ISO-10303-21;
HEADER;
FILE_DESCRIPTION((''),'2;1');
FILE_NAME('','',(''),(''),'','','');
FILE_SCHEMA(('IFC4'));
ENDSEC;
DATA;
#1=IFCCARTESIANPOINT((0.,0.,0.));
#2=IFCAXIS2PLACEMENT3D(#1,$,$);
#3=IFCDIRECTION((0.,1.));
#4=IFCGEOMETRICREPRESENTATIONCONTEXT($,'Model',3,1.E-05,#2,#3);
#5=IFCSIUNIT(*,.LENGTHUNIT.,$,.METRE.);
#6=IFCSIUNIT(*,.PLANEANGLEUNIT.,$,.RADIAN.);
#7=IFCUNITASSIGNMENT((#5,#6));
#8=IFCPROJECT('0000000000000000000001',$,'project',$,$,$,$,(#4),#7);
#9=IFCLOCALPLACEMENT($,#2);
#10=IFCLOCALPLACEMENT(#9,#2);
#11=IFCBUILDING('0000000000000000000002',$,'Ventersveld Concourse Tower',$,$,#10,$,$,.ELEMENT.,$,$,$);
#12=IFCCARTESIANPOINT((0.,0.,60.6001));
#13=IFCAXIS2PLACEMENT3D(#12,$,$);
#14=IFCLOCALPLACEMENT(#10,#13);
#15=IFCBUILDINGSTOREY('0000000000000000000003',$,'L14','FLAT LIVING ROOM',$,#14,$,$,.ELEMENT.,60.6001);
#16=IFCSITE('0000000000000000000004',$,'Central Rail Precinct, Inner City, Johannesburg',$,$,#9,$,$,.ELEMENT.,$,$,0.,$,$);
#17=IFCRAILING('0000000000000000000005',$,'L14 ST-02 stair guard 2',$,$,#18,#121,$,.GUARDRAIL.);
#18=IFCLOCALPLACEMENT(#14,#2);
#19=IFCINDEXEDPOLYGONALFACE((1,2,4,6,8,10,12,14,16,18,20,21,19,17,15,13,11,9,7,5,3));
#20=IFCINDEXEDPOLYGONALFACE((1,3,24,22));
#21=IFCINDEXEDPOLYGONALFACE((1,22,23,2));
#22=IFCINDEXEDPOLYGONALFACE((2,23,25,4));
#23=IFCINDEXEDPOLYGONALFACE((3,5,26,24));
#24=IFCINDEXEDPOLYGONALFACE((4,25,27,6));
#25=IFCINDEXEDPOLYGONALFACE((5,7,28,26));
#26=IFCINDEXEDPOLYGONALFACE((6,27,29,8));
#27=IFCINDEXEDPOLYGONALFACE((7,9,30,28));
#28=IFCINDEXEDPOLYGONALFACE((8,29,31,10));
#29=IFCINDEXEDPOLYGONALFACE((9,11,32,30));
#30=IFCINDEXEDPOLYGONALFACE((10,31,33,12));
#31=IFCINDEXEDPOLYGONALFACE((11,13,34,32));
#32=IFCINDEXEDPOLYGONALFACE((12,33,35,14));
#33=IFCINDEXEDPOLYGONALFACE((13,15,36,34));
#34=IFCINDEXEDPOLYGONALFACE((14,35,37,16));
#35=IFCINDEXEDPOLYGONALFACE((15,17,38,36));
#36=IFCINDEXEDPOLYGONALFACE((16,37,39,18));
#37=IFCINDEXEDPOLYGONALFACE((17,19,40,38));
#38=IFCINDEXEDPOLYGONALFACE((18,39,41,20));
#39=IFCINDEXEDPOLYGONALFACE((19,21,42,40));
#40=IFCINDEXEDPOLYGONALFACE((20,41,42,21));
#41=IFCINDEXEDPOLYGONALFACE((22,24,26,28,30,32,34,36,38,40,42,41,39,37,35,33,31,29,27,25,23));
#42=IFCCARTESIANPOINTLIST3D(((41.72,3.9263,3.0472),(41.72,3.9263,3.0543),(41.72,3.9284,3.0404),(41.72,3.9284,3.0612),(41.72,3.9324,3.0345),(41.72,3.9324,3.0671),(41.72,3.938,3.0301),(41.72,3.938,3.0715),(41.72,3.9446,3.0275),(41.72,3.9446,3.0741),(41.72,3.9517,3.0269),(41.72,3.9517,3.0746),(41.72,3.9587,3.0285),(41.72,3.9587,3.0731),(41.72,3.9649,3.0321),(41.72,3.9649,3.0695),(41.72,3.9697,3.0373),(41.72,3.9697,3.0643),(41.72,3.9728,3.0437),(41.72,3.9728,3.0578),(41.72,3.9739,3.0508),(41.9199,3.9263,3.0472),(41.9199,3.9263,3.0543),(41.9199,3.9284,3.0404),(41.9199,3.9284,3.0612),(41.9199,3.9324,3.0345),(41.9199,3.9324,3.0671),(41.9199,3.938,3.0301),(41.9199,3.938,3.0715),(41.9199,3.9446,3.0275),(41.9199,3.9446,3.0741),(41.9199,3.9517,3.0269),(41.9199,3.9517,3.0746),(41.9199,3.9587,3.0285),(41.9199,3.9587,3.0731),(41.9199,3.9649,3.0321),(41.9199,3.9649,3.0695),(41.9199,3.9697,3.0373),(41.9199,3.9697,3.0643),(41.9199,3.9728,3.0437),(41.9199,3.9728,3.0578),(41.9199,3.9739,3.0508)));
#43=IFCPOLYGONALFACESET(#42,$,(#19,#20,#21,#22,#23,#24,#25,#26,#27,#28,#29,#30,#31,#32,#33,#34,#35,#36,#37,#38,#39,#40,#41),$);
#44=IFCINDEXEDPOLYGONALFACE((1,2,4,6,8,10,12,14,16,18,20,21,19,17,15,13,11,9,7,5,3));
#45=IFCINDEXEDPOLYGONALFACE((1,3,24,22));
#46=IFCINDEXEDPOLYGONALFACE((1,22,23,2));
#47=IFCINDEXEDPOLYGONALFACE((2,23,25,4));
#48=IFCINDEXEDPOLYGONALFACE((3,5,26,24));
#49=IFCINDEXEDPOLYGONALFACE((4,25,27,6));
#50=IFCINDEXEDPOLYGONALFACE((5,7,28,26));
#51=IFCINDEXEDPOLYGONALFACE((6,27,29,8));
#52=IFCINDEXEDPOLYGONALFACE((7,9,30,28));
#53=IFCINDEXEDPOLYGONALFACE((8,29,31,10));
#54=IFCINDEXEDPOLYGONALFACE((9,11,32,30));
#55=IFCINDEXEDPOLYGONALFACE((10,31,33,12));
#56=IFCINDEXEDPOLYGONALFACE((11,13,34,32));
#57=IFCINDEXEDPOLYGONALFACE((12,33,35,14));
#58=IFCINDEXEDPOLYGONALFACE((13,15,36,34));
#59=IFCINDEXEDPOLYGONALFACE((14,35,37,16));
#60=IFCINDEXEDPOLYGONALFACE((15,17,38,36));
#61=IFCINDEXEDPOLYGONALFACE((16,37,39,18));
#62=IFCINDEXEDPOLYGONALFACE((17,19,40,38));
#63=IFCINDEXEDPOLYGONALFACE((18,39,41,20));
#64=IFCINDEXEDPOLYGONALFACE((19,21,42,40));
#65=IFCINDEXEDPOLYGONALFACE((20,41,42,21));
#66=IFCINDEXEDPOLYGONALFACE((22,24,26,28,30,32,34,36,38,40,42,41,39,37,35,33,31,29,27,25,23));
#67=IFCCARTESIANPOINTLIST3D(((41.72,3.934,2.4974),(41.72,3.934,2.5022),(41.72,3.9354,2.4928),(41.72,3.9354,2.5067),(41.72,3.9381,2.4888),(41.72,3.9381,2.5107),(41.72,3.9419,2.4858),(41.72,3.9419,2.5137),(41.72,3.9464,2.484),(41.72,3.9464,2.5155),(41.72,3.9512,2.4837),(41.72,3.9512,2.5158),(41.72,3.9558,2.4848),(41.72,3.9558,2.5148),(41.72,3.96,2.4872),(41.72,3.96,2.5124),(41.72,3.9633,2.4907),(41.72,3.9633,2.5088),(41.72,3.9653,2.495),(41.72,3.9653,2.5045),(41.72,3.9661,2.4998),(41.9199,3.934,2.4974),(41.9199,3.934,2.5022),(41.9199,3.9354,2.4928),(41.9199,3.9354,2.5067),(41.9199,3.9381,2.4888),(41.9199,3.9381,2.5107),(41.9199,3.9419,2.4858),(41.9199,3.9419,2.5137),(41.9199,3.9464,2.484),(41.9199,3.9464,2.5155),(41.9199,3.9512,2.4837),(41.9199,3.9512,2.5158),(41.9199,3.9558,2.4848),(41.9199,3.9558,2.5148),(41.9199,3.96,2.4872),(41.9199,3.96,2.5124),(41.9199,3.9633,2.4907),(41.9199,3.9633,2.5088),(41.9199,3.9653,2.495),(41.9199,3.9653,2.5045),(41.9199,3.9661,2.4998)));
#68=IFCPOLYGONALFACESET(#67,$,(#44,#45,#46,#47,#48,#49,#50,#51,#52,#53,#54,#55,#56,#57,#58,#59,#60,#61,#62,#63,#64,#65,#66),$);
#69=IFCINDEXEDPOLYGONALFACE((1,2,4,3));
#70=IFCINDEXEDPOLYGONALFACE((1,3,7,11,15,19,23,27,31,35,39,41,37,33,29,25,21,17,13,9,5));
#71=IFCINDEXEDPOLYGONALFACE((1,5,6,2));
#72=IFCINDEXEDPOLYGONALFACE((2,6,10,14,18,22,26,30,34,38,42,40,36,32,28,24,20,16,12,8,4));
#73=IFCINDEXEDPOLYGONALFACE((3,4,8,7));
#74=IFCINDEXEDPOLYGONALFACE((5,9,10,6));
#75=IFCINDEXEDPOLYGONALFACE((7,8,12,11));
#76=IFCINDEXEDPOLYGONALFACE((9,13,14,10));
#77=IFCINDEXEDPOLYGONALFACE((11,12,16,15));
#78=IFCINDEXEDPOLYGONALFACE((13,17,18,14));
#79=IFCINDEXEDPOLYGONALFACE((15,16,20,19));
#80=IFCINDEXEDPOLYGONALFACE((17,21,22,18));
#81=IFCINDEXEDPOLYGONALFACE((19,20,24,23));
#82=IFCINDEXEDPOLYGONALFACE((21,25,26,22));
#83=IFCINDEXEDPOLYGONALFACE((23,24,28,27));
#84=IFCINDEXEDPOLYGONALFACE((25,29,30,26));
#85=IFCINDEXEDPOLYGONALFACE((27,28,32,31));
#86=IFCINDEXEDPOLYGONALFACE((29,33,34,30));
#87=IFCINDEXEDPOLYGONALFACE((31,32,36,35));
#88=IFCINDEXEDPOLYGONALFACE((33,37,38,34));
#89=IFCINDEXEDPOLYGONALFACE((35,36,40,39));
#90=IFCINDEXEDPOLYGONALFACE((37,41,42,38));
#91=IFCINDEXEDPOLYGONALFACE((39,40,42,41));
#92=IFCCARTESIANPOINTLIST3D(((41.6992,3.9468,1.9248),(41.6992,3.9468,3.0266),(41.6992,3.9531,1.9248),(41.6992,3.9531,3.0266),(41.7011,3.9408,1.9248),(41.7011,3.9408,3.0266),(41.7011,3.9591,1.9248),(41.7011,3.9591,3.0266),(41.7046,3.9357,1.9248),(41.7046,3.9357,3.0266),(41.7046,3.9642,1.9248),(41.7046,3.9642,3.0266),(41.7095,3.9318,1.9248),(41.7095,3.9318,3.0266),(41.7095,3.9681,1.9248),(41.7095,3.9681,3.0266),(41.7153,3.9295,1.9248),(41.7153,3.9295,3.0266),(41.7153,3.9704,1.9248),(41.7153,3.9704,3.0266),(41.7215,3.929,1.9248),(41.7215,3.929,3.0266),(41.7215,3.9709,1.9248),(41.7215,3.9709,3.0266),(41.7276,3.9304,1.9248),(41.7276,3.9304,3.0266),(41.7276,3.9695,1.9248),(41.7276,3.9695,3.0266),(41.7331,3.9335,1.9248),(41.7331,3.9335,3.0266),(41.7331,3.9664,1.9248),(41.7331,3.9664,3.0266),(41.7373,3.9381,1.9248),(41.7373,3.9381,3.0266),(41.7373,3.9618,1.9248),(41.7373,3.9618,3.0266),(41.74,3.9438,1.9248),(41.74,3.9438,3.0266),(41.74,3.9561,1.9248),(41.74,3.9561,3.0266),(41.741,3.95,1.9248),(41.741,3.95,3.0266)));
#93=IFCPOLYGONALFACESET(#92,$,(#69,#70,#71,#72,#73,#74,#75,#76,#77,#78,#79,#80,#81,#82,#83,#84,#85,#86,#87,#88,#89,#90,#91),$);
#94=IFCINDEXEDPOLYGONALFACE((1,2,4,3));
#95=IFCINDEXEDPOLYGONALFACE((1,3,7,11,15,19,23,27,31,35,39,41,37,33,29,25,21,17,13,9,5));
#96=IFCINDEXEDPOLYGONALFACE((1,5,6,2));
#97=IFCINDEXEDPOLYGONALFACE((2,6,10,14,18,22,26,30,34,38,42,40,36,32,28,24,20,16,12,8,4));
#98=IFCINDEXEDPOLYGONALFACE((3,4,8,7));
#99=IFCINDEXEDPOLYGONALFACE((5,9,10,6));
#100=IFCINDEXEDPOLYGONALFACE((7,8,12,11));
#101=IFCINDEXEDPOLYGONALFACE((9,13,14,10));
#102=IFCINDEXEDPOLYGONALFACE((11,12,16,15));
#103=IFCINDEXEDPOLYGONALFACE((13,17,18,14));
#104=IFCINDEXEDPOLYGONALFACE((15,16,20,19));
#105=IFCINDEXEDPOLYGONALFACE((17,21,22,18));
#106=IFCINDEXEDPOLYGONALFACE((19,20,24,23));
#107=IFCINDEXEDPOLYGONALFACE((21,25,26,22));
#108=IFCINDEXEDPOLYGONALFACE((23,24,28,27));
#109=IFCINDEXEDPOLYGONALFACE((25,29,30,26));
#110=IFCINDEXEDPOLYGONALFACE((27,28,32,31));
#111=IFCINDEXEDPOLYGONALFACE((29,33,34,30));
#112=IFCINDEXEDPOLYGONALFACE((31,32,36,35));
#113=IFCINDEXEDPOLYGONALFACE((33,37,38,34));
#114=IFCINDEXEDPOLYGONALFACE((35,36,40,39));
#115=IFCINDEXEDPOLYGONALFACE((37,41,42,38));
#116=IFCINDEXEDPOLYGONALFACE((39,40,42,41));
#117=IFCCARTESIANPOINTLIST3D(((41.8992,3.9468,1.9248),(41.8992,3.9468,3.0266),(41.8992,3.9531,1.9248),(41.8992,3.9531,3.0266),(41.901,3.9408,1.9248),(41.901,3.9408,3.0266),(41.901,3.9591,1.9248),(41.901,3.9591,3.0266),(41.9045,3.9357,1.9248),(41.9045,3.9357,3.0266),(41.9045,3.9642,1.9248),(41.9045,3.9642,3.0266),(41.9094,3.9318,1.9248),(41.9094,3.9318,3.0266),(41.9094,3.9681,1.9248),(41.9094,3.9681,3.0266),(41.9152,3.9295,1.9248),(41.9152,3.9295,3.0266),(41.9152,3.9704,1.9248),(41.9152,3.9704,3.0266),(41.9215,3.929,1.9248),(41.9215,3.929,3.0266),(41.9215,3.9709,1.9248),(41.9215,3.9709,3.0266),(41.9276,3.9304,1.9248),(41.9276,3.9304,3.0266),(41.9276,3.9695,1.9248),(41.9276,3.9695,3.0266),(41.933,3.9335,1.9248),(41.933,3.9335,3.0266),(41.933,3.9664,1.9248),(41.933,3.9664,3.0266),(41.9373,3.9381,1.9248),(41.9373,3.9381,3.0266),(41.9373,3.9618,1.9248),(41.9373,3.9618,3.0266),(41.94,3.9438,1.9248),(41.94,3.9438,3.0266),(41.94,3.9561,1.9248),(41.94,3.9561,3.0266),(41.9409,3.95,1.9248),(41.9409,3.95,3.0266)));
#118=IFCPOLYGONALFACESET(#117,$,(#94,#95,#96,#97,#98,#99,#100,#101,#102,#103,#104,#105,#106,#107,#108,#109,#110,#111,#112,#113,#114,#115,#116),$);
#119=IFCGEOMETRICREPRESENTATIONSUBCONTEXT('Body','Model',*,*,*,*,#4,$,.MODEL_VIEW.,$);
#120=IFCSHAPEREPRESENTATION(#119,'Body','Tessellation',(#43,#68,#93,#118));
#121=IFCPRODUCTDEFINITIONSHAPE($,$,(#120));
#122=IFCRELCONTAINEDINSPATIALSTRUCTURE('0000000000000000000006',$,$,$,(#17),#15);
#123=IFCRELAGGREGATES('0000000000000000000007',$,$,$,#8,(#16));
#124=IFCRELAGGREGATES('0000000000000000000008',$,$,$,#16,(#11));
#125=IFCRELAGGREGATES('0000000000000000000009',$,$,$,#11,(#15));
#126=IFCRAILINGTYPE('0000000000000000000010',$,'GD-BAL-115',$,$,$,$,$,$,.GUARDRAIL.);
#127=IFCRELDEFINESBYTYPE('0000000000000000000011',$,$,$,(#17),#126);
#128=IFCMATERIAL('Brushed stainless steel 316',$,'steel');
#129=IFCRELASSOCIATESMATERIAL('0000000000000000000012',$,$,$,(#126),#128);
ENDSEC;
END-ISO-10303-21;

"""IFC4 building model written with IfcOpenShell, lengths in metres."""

from ifc_helpers import new_model, si_unit, direction, frame, origin, origin_2d, place, context, subcontext, project, spatial, circle, extrude, material, type_object, element, save


model = new_model("IFC4")

# Units and contexts
model_context = context("Model", 3, precision=1e-05, world=origin(), true_north=direction((0.0, 1.0)))
body_context = subcontext(model_context, "Body", "Model", "MODEL_VIEW")
ifc_project = project(units=[si_unit("LENGTHUNIT", "METRE"), si_unit("PLANEANGLEUNIT", "RADIAN")], contexts=[model_context])

# Site, building, storey
site_placement = place(None, origin())
site = spatial("IfcSite", under=ifc_project, at=site_placement, Name="Central Rail Precinct, Inner City, Johannesburg", CompositionType="ELEMENT", RefElevation=0.0)
building_placement = place(site_placement, origin())
building = spatial("IfcBuilding", under=site, at=building_placement, Name="Ventersveld Concourse Tower", CompositionType="ELEMENT")
storey_placement = place(building_placement, frame((0.0, 0.0, 60.6001)))
storey = spatial("IfcBuildingStorey", under=building, at=storey_placement, Name="L14", Description="FLAT LIVING ROOM", CompositionType="ELEMENT", Elevation=60.6001)

# Railing
ifc_material_1 = material(Name="Brushed stainless steel 316", Category="steel")
railing_type_1 = type_object("IfcRailingType", Name="GD-BAL-115", PredefinedType="GUARDRAIL", material=ifc_material_1)
railing_1_placement = place(storey_placement, frame((41.72, 3.95, 1.9248)))
element("IfcRailing", 1, at=railing_1_placement, inside=storey, type_object=railing_type_1, Name="L14 ST-02 stair guard 2", PredefinedType="GUARDRAIL", context=body_context, shape_type="SweptSolid", body=[
    extrude(circle(Radius=0.0239, at=origin_2d()), frame((0.0, 0.0, 1.126), z_axis=(1.0, 0.0, 0.0), x_axis=(0.0, 1.0, 0.0)), (0.0, 0.0, 1.0), 0.2),
    extrude(circle(Radius=0.0161, at=origin_2d()), frame((0.0, 0.0, 0.575), z_axis=(1.0, 0.0, 0.0), x_axis=(0.0, 1.0, 0.0)), (0.0, 0.0, 1.0), 0.2),
    extrude(circle(Radius=0.021, at=origin_2d()), origin(), (0.0, 0.0, 1.0), 1.1018),
    extrude(circle(Radius=0.021, at=origin_2d()), frame((0.2, 0.0, 0.0)), (0.0, 0.0, 1.0), 1.1018),
])

save(model, "model.ifc")
